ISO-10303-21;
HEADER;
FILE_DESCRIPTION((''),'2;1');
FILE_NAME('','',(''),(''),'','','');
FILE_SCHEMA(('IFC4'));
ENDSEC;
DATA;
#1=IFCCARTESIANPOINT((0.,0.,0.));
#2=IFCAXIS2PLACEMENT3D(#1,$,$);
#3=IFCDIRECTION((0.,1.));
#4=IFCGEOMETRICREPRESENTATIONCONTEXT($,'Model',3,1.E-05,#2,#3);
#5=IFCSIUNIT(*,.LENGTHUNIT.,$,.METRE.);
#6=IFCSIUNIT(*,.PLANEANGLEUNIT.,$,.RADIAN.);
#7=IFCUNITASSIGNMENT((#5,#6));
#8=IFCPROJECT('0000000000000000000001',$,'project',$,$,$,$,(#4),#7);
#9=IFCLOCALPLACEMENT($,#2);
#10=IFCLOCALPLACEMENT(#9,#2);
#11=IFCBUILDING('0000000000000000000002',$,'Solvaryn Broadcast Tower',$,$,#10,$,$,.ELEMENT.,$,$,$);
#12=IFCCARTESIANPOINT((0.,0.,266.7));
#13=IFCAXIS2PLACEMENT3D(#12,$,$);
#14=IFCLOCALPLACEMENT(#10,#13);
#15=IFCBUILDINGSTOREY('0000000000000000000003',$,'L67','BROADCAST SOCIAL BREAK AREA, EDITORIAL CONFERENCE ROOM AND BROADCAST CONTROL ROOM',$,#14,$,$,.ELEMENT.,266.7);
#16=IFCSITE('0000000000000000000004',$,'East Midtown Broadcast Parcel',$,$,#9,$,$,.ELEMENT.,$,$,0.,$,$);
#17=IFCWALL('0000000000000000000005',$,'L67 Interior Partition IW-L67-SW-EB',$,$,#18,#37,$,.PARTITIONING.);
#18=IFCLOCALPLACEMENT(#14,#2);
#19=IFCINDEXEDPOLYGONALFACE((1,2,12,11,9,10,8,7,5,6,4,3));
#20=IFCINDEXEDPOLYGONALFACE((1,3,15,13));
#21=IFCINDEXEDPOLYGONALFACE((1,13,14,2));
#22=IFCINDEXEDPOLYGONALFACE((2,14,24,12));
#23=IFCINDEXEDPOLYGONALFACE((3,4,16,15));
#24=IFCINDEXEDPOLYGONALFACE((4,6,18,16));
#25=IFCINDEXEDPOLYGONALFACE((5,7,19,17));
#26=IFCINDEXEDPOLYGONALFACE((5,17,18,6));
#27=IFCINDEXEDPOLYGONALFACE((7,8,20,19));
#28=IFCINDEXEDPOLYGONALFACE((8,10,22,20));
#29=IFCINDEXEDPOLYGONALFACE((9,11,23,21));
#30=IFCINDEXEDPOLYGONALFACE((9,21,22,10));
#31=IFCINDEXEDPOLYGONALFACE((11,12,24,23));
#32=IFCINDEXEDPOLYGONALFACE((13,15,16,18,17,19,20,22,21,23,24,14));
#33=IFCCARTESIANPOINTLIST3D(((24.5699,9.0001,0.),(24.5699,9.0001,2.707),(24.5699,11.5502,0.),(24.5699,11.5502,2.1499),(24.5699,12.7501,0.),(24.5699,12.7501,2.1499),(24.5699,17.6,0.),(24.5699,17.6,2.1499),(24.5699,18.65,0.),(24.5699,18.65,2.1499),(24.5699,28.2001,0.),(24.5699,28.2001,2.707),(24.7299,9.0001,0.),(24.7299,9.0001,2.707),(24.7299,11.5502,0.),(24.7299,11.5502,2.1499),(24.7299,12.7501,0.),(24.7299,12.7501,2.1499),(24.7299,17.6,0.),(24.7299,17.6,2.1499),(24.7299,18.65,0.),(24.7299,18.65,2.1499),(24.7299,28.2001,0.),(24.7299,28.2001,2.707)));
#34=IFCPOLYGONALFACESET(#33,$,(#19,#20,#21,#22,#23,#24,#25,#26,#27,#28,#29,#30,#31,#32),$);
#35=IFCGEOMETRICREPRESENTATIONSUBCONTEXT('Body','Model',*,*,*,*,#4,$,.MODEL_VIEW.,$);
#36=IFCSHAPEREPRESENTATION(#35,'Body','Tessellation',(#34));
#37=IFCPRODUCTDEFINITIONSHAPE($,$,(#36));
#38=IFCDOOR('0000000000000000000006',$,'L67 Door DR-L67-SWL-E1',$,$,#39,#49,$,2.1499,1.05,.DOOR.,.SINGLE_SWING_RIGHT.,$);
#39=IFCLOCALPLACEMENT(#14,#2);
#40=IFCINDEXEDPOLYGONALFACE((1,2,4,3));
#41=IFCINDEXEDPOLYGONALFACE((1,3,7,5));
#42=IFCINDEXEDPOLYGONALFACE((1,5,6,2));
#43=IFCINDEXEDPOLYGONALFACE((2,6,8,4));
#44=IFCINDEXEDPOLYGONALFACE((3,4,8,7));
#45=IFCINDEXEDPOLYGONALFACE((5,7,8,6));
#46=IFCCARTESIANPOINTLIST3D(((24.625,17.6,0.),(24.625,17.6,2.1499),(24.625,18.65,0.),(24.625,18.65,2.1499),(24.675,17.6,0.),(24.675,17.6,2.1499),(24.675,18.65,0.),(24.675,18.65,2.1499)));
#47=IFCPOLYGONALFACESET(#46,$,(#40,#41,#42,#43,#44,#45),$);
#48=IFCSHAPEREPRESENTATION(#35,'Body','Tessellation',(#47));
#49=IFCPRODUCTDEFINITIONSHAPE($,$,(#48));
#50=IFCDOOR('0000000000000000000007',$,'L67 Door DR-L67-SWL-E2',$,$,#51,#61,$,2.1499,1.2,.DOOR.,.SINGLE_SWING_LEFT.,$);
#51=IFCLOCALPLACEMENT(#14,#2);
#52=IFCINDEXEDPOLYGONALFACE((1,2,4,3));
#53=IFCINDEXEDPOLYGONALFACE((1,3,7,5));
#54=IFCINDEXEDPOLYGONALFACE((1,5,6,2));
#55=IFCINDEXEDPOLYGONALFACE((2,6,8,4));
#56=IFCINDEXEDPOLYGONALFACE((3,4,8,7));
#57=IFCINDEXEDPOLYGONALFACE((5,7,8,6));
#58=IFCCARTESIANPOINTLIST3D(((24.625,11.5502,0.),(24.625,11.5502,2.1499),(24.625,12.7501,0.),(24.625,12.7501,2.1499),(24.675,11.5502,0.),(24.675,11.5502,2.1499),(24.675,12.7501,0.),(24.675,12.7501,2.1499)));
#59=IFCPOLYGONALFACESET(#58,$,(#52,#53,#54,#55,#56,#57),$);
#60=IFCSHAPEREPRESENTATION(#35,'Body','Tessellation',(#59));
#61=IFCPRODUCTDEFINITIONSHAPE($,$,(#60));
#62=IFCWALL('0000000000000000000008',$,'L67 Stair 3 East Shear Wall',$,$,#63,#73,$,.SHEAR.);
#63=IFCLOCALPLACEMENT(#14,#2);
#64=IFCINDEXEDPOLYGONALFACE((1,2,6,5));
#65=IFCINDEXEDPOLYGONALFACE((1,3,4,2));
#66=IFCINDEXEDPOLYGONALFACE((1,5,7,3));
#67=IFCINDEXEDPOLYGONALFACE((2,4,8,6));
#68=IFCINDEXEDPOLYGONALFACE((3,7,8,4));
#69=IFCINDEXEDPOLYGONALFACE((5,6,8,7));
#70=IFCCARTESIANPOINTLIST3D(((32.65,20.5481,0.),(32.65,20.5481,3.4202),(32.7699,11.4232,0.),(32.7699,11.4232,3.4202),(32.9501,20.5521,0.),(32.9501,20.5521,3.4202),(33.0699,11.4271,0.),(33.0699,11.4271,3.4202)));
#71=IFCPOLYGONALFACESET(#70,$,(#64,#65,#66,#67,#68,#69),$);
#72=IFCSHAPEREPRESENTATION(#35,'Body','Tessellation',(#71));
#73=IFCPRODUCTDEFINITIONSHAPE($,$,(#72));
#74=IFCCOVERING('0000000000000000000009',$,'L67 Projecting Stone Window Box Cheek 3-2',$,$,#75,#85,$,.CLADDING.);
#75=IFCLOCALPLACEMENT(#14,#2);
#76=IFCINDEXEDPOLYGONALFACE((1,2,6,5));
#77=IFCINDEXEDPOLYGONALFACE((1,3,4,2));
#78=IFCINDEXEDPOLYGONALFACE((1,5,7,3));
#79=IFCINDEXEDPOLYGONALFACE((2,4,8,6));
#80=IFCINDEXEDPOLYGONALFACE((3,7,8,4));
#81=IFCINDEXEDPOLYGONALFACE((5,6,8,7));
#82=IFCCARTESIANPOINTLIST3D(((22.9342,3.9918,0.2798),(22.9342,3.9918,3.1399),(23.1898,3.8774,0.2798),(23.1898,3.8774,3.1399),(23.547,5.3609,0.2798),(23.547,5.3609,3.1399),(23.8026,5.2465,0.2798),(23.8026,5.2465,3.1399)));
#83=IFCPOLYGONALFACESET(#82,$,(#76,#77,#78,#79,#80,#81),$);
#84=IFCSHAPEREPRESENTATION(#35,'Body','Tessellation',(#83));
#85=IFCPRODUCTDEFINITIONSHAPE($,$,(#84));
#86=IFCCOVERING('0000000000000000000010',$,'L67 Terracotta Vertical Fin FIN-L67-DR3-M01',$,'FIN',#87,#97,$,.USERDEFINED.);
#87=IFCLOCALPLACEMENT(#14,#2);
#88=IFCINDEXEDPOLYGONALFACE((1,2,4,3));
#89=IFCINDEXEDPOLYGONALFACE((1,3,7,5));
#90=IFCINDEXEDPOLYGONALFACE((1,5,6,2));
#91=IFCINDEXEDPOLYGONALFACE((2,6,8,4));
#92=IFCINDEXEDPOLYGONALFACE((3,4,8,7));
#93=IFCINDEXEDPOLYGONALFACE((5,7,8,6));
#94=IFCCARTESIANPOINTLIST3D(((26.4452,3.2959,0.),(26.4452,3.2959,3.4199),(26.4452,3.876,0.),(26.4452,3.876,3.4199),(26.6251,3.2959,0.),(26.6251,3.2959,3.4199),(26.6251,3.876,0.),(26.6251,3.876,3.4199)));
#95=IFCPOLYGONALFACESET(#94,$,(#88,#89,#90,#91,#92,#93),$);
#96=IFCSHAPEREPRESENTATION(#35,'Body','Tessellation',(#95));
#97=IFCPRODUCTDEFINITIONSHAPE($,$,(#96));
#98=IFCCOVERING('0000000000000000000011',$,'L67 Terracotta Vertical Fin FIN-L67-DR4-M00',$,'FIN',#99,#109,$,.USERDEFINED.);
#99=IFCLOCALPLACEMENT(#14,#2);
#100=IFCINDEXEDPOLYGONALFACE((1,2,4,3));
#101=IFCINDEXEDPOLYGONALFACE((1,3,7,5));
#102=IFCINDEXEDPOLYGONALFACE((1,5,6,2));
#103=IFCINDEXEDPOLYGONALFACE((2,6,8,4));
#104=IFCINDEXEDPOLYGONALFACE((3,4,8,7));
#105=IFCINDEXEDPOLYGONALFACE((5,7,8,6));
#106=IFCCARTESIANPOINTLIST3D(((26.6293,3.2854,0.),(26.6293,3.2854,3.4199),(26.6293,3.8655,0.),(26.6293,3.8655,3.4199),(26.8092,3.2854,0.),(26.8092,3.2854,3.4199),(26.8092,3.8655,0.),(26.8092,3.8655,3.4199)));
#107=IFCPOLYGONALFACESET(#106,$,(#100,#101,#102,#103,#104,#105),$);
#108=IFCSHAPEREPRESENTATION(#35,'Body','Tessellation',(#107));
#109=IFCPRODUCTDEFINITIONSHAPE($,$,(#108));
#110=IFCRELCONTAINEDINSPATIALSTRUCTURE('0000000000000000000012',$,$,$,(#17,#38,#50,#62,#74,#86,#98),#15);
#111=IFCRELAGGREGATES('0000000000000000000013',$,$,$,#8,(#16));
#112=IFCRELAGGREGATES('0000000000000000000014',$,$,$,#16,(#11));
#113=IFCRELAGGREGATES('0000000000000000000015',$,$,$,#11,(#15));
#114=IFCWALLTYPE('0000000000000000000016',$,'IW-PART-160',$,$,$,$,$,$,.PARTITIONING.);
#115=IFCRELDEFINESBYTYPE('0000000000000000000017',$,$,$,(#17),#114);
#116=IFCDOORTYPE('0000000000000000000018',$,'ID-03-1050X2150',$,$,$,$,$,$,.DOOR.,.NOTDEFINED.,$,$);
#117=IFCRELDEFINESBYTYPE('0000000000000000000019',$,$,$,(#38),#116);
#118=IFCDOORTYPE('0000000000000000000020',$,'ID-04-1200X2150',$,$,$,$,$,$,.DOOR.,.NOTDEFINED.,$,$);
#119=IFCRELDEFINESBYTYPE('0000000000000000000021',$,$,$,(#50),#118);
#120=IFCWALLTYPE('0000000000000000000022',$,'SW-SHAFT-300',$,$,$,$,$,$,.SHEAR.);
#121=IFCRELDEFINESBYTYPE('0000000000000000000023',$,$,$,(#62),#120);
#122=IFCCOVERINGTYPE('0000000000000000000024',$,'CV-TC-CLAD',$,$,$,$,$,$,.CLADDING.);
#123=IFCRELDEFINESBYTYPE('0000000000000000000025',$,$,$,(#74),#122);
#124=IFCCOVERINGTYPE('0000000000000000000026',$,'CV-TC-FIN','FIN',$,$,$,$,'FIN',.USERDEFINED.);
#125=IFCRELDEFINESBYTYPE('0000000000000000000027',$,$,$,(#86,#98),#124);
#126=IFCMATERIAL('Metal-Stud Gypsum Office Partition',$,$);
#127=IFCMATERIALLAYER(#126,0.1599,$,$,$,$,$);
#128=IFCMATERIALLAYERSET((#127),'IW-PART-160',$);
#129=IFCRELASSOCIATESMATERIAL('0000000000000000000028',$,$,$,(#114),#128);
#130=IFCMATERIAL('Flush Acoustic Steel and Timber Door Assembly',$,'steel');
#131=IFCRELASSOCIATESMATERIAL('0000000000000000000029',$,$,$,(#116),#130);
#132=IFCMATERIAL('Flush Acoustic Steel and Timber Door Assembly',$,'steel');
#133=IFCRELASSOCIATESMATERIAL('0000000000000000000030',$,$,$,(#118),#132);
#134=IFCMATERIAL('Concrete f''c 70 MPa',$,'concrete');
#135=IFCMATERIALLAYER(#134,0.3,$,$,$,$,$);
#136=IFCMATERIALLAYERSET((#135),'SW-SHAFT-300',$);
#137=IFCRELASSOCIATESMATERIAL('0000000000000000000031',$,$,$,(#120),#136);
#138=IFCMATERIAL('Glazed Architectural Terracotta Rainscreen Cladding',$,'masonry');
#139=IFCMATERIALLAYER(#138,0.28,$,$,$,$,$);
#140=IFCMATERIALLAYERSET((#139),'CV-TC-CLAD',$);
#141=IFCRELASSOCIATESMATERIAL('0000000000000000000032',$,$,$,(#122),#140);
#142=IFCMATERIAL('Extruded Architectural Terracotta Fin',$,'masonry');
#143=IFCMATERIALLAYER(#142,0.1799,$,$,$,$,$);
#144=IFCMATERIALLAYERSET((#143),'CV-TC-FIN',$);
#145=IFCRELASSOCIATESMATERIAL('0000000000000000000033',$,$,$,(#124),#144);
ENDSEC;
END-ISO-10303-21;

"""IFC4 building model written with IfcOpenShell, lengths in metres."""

from ifc_helpers import new_model, si_unit, direction, frame, frame_2d, origin, origin_2d, place, context, subcontext, project, spatial, rectangle, extrude, material, layer, layer_set, type_object, element, fill, save


model = new_model("IFC4")

# Units and contexts
model_context = context("Model", 3, precision=1e-05, world=origin(), true_north=direction((0.0, 1.0)))
body_context = subcontext(model_context, "Body", "Model", "MODEL_VIEW")
ifc_project = project(units=[si_unit("LENGTHUNIT", "METRE"), si_unit("PLANEANGLEUNIT", "RADIAN")], contexts=[model_context])

# Site, building, storey
site_placement = place(None, origin())
site = spatial("IfcSite", under=ifc_project, at=site_placement, Name="East Midtown Broadcast Parcel", CompositionType="ELEMENT", RefElevation=0.0)
building_placement = place(site_placement, origin())
building = spatial("IfcBuilding", under=site, at=building_placement, Name="Solvaryn Broadcast Tower", CompositionType="ELEMENT")
storey_placement = place(building_placement, frame((0.0, 0.0, 266.7)))
storey = spatial("IfcBuildingStorey", under=building, at=storey_placement, Name="L67", Description="BROADCAST SOCIAL BREAK AREA, EDITORIAL CONFERENCE ROOM AND BROADCAST CONTROL ROOM", CompositionType="ELEMENT", Elevation=266.7)

# Wall, openings, doors
ifc_material_1 = material(Name="Metal-Stud Gypsum Office Partition")
ifc_layer_1 = layer(ifc_material_1, 0.1599)
ifc_layer_set_1 = layer_set([ifc_layer_1], Name="IW-PART-160")
wall_type_1 = type_object("IfcWallType", Name="IW-PART-160", PredefinedType="PARTITIONING", material=ifc_layer_set_1)
wall_1_placement = place(storey_placement, frame((24.6499, 9.0, 0.0), z_axis=(0.0, 0.0, 1.0), x_axis=(0.0, 1.0, 0.0)))
wall_1 = element("IfcWall", 1, at=wall_1_placement, inside=storey, type_object=wall_type_1, Name="L67 Interior Partition IW-L67-SW-EB", PredefinedType="PARTITIONING", context=body_context, shape_type="SweptSolid", body=[
    extrude(rectangle(XDim=19.2, YDim=0.1599, at=frame_2d((9.6001, 0.0))), origin(), (0.0, 0.0, 1.0), 2.707),
])
opening_1_placement = place(wall_1_placement, frame((8.6001, 0.0, 0.0)))
opening_1 = element("IfcOpeningElement", 2, at=opening_1_placement, cuts=wall_1, PredefinedType="OPENING", context=body_context, shape_type="SweptSolid", body=[
    extrude(rectangle(XDim=1.05, YDim=2.1499, at=frame_2d((0.5249, 1.075))), frame((0.0, 0.0901, 0.0), z_axis=(0.0, -1.0, 0.0), x_axis=(1.0, 0.0, 0.0)), (0.0, 0.0, 1.0), 0.1799),
])
opening_2_placement = place(wall_1_placement, frame((2.55, 0.0, 0.0)))
opening_2 = element("IfcOpeningElement", 3, at=opening_2_placement, cuts=wall_1, PredefinedType="OPENING", context=body_context, shape_type="SweptSolid", body=[
    extrude(rectangle(XDim=1.2, YDim=2.1499, at=frame_2d((0.6001, 1.075))), frame((0.0, 0.0901, 0.0), z_axis=(0.0, -1.0, 0.0), x_axis=(1.0, 0.0, 0.0)), (0.0, 0.0, 1.0), 0.1799),
])
ifc_material_2 = material(Name="Flush Acoustic Steel and Timber Door Assembly", Category="steel")
door_type_1 = type_object("IfcDoorType", Name="ID-03-1050X2150", OperationType="NOTDEFINED", PredefinedType="DOOR", material=ifc_material_2)
door_1_placement = place(opening_1_placement, origin())
door_1 = element("IfcDoor", 4, at=door_1_placement, inside=storey, type_object=door_type_1, Name="L67 Door DR-L67-SWL-E1", OperationType="SINGLE_SWING_RIGHT", OverallHeight=2.1499, OverallWidth=1.05, PredefinedType="DOOR", context=body_context, shape_type="SweptSolid", body=[
    extrude(rectangle(XDim=1.05, YDim=2.1499, at=frame_2d((0.5249, 1.075))), frame((0.0, 0.0249, 0.0), z_axis=(0.0, -1.0, 0.0), x_axis=(1.0, 0.0, 0.0)), (0.0, 0.0, 1.0), 0.05),
])
fill(opening_1, door_1)
ifc_material_3 = material(Name="Flush Acoustic Steel and Timber Door Assembly", Category="steel")
door_type_2 = type_object("IfcDoorType", Name="ID-04-1200X2150", OperationType="NOTDEFINED", PredefinedType="DOOR", material=ifc_material_3)
door_2_placement = place(opening_2_placement, origin())
door_2 = element("IfcDoor", 5, at=door_2_placement, inside=storey, type_object=door_type_2, Name="L67 Door DR-L67-SWL-E2", OperationType="SINGLE_SWING_LEFT", OverallHeight=2.1499, OverallWidth=1.2, PredefinedType="DOOR", context=body_context, shape_type="SweptSolid", body=[
    extrude(rectangle(XDim=1.2, YDim=2.1499, at=frame_2d((0.6001, 1.075))), frame((0.0, 0.0249, 0.0), z_axis=(0.0, -1.0, 0.0), x_axis=(1.0, 0.0, 0.0)), (0.0, 0.0, 1.0), 0.05),
])
fill(opening_2, door_2)

# Wall
ifc_material_4 = material(Name="Concrete f'c 70 MPa", Category="concrete")
ifc_layer_2 = layer(ifc_material_4, 0.3)
ifc_layer_set_2 = layer_set([ifc_layer_2], Name="SW-SHAFT-300")
wall_type_2 = type_object("IfcWallType", Name="SW-SHAFT-300", PredefinedType="SHEAR", material=ifc_layer_set_2)
wall_2_placement = place(storey_placement, frame((32.9199, 11.425, 0.0), z_axis=(0.0, 0.0, 1.0), x_axis=(-0.013136, 0.999914, 0.0)))
element("IfcWall", 6, at=wall_2_placement, inside=storey, type_object=wall_type_2, Name="L67 Stair 3 East Shear Wall", PredefinedType="SHEAR", context=body_context, shape_type="SweptSolid", body=[
    extrude(rectangle(XDim=9.1257, YDim=0.3, at=frame_2d((4.563, 0.0))), origin(), (0.0, 0.0, 1.0), 3.4202),
])

# Coverings
ifc_material_5 = material(Name="Glazed Architectural Terracotta Rainscreen Cladding", Category="masonry")
ifc_layer_3 = layer(ifc_material_5, 0.28)
ifc_layer_set_3 = layer_set([ifc_layer_3], Name="CV-TC-CLAD")
covering_type_1 = type_object("IfcCoveringType", Name="CV-TC-CLAD", PredefinedType="CLADDING", material=ifc_layer_set_3)
covering_placement = place(storey_placement, frame((23.3684, 4.6191, 0.2798), z_axis=(0.0, 0.0, 1.0), x_axis=(0.912763, -0.40849, 0.0)))
element("IfcCovering", 7, at=covering_placement, inside=storey, type_object=covering_type_1, Name="L67 Projecting Stone Window Box Cheek 3-2", PredefinedType="CLADDING", context=body_context, shape_type="SweptSolid", body=[
    extrude(rectangle(XDim=0.28, YDim=1.5, at=origin_2d()), origin(), (0.0, 0.0, 1.0), 2.8601),
])
ifc_material_6 = material(Name="Extruded Architectural Terracotta Fin", Category="masonry")
ifc_layer_4 = layer(ifc_material_6, 0.1799)
ifc_layer_set_4 = layer_set([ifc_layer_4], Name="CV-TC-FIN")
covering_type_2 = type_object("IfcCoveringType", Name="CV-TC-FIN", Description="FIN", ElementType="FIN", PredefinedType="USERDEFINED", material=ifc_layer_set_4)
for number, where, z_axis, x_axis, name in (
    (8, (26.5352, 3.5859, 0.0), (0.0, 0.0, 1.0), (1.0, 0.0, 0.0), "L67 Terracotta Vertical Fin FIN-L67-DR3-M01"),
    (9, (26.7192, 3.5754, 0.0), (0.0, 0.0, 1.0), (1.0, 0.0, 0.0), "L67 Terracotta Vertical Fin FIN-L67-DR4-M00"),
):
    element("IfcCovering", number, at=place(storey_placement, frame(where, z_axis=z_axis, x_axis=x_axis)), inside=storey, type_object=covering_type_2, Name=name, ObjectType="FIN", PredefinedType="USERDEFINED", context=body_context, shape_type="SweptSolid", body=[
        extrude(rectangle(XDim=0.1799, YDim=0.5801, at=origin_2d()), origin(), (0.0, 0.0, 1.0), 3.4199),
    ])

save(model, "model.ifc")
